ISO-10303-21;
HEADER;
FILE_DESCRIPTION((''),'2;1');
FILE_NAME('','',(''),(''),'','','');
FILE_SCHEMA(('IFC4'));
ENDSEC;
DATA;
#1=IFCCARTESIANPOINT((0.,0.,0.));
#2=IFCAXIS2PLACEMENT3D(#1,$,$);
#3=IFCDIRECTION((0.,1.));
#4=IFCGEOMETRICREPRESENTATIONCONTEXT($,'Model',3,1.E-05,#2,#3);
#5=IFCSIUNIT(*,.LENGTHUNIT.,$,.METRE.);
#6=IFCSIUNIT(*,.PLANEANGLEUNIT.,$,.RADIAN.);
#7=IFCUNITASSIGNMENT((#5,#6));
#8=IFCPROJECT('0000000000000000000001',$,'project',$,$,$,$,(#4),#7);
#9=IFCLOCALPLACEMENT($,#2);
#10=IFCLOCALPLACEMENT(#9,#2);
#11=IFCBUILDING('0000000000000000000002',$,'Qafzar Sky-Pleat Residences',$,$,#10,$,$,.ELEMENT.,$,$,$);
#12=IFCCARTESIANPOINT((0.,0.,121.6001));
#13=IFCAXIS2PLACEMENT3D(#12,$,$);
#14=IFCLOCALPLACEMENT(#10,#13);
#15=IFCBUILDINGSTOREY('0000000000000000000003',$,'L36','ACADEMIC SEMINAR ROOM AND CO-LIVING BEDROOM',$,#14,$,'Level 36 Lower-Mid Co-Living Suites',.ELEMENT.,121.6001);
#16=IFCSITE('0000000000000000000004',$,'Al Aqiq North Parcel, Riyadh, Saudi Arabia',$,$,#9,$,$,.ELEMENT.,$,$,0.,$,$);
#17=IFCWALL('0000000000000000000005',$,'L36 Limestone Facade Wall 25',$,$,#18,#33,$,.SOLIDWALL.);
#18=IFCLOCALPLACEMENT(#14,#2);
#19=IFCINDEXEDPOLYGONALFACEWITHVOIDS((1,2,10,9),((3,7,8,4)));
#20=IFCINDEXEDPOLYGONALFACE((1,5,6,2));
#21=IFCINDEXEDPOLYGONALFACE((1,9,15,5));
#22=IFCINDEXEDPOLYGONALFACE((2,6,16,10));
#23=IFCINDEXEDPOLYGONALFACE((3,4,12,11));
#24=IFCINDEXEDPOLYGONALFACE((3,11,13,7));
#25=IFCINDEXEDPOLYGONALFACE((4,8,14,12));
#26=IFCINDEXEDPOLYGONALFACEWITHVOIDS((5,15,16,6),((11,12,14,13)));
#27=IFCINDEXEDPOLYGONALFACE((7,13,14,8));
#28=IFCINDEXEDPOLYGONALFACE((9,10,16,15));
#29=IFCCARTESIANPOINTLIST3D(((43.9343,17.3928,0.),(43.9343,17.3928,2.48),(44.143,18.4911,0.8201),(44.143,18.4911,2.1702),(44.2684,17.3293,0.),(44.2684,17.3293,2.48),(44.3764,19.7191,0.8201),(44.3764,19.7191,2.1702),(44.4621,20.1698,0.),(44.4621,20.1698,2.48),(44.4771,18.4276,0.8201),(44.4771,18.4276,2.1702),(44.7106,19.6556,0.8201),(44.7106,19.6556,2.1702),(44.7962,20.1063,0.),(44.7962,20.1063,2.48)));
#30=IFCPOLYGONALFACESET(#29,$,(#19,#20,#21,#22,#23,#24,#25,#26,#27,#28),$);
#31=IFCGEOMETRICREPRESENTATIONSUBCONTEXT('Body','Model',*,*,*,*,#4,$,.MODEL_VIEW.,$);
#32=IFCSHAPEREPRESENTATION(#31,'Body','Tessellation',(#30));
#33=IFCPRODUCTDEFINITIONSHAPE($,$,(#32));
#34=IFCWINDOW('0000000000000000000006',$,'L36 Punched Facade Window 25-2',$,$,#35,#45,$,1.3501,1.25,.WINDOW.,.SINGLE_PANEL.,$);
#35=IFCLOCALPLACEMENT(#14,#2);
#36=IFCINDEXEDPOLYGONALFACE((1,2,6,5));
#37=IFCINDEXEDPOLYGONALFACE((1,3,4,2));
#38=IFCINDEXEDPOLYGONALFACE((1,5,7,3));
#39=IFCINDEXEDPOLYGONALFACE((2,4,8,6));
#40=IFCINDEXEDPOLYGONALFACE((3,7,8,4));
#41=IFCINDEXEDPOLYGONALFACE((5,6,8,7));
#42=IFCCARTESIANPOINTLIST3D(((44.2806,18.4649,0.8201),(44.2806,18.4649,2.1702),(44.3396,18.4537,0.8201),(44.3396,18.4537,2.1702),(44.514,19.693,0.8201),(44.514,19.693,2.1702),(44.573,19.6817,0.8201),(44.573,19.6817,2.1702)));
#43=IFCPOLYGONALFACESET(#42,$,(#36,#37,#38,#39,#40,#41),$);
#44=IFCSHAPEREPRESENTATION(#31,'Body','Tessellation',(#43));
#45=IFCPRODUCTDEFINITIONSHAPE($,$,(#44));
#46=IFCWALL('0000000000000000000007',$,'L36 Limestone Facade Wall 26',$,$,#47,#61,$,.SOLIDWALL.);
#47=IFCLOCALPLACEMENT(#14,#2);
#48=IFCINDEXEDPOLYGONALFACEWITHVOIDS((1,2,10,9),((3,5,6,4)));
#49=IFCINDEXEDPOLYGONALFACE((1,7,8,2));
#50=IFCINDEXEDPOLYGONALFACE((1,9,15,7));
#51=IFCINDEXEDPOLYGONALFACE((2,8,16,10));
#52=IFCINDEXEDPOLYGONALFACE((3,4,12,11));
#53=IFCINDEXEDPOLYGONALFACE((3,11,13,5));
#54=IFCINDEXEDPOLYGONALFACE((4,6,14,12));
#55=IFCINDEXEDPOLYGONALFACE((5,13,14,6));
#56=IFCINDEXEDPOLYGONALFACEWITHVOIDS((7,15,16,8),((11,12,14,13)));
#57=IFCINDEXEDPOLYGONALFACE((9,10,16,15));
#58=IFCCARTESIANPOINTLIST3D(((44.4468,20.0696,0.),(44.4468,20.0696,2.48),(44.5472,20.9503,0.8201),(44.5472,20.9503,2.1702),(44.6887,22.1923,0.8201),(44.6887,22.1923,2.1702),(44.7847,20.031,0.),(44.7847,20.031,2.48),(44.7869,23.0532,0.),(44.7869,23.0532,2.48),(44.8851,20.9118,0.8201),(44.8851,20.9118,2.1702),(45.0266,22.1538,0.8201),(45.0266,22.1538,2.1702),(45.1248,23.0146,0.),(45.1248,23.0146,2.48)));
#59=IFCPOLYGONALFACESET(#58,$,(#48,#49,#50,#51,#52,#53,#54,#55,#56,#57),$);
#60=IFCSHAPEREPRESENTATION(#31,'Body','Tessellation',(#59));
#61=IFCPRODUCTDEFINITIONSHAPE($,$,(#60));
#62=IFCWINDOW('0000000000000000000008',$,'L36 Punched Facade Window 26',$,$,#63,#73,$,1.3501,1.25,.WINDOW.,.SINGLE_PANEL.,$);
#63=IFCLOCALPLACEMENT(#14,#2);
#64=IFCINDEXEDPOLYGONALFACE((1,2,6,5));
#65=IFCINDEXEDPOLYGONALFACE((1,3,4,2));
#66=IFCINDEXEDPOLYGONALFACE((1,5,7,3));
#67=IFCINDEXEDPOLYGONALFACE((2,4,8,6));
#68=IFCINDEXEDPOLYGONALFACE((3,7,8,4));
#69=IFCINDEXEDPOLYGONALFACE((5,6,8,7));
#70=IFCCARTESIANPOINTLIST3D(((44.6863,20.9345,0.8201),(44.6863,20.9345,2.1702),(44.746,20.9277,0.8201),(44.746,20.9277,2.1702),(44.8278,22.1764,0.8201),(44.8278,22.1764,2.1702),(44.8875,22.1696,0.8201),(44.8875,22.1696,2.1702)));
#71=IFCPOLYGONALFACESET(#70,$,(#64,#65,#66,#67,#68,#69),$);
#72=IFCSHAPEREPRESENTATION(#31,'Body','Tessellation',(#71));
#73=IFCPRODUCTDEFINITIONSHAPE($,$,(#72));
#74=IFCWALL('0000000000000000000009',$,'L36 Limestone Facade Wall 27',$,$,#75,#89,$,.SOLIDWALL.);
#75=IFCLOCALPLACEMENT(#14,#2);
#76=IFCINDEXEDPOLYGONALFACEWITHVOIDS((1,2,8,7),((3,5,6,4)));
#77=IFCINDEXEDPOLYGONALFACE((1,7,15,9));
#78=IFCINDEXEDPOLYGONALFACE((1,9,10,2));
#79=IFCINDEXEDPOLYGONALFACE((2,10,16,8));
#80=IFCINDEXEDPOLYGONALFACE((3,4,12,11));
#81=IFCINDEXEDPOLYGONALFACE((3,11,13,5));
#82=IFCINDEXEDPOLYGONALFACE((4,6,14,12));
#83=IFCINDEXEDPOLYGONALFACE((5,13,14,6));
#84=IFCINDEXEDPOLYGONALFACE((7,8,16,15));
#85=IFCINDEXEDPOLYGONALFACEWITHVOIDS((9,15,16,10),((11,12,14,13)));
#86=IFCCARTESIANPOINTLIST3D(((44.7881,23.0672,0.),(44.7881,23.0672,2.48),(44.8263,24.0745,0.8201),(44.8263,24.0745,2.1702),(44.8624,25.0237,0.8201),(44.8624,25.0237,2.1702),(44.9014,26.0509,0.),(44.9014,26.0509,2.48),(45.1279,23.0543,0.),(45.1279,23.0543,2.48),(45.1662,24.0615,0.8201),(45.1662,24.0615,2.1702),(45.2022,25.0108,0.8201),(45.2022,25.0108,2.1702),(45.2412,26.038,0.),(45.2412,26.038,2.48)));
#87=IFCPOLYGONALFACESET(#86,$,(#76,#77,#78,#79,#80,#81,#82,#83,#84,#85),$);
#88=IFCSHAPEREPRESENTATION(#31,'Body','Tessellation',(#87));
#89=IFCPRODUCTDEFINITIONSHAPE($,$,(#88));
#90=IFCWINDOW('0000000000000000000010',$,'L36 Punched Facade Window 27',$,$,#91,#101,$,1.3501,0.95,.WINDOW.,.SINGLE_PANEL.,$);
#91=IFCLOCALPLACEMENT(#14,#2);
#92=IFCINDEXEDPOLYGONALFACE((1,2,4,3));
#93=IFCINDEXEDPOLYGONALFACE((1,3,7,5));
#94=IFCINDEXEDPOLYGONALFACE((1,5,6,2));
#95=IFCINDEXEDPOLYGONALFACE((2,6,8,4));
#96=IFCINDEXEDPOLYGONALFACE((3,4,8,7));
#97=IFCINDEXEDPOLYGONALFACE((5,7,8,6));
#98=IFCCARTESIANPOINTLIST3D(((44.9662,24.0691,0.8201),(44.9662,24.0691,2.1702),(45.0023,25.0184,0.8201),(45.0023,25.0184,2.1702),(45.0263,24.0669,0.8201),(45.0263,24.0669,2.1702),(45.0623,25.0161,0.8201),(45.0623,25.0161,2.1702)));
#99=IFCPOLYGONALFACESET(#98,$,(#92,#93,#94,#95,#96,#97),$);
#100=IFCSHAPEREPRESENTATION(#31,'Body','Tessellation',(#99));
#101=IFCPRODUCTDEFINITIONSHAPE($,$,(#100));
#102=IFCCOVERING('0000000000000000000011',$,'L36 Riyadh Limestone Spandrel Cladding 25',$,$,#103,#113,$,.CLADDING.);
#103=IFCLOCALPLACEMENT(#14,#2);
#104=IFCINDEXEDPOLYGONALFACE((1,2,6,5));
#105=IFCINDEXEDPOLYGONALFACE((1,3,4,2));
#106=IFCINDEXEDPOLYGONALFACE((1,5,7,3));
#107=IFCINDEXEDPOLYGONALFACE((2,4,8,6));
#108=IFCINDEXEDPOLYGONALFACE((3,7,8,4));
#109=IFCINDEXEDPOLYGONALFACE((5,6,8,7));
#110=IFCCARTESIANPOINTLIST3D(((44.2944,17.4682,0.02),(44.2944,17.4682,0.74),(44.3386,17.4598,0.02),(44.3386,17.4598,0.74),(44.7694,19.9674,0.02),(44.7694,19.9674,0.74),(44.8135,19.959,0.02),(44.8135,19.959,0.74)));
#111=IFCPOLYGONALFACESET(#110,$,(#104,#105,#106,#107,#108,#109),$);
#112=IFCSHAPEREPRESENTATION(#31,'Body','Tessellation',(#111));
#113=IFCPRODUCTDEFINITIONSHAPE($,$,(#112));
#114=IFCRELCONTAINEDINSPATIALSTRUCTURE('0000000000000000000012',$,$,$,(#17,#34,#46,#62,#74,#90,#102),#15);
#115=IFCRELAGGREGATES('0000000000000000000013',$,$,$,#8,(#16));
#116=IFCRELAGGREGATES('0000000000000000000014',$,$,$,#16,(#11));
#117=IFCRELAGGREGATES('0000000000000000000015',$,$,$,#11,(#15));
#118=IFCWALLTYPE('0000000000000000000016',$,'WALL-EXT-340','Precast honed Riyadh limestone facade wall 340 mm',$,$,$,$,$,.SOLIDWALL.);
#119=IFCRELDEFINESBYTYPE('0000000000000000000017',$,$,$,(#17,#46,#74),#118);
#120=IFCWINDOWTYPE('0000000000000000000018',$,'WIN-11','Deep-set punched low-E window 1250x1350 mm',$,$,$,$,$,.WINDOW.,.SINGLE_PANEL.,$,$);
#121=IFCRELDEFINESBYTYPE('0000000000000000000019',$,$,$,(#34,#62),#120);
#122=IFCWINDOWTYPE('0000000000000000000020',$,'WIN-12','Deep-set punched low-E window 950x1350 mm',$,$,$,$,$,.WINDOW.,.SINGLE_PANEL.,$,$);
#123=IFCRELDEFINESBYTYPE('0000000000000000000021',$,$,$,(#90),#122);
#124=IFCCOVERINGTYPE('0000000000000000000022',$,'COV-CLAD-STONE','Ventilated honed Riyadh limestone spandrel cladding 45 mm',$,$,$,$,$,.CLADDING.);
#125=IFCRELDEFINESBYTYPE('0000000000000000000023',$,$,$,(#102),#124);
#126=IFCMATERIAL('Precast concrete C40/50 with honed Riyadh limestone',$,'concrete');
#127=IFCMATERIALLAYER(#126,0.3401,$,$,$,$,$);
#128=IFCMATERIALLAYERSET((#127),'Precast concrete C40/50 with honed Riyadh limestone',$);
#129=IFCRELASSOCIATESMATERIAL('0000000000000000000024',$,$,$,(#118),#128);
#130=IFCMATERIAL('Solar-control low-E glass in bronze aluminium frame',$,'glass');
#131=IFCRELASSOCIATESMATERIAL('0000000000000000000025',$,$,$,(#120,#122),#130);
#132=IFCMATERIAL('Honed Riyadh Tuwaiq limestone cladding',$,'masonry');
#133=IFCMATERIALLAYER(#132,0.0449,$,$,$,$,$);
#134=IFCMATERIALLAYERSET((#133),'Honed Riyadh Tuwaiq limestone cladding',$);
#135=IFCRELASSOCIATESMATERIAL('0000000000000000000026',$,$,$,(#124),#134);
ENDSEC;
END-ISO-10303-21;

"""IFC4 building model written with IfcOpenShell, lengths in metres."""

from ifc_helpers import new_model, si_unit, direction, frame, frame_2d, origin, origin_2d, place, context, subcontext, project, spatial, rectangle, extrude, source, transform, mapped, material, layer, layer_set, type_object, element, fill, save


model = new_model("IFC4")

# Units and contexts
model_context = context("Model", 3, precision=1e-05, world=origin(), true_north=direction((0.0, 1.0)))
body_context = subcontext(model_context, "Body", "Model", "MODEL_VIEW")
ifc_project = project(units=[si_unit("LENGTHUNIT", "METRE"), si_unit("PLANEANGLEUNIT", "RADIAN")], contexts=[model_context])

# Site, building, storey
site_placement = place(None, origin())
site = spatial("IfcSite", under=ifc_project, at=site_placement, Name="Al Aqiq North Parcel, Riyadh, Saudi Arabia", CompositionType="ELEMENT", RefElevation=0.0)
building_placement = place(site_placement, origin())
building = spatial("IfcBuilding", under=site, at=building_placement, Name="Qafzar Sky-Pleat Residences", CompositionType="ELEMENT")
storey_placement = place(building_placement, frame((0.0, 0.0, 121.6001)))
storey = spatial("IfcBuildingStorey", under=building, at=storey_placement, Name="L36", Description="ACADEMIC SEMINAR ROOM AND CO-LIVING BEDROOM", LongName="Level 36 Lower-Mid Co-Living Suites", CompositionType="ELEMENT", Elevation=121.6001)

# Shared definitions
ifc_material_1 = material(Name="Precast concrete C40/50 with honed Riyadh limestone", Category="concrete")
ifc_layer_1 = layer(ifc_material_1, 0.3401)
ifc_layer_set_1 = layer_set([ifc_layer_1], Name="Precast concrete C40/50 with honed Riyadh limestone")
wall_type_1 = type_object("IfcWallType", Name="WALL-EXT-340", Description="Precast honed Riyadh limestone facade wall 340 mm", PredefinedType="SOLIDWALL", material=ifc_layer_set_1)

# Walls, openings, windows
wall_1_placement = place(storey_placement, frame((44.1013, 17.3611, 0.0), z_axis=(0.0, 0.0, 1.0), x_axis=(0.186739, 0.98241, 0.0)))
wall_1 = element("IfcWall", 1, at=wall_1_placement, inside=storey, type_object=wall_type_1, Name="L36 Limestone Facade Wall 25", PredefinedType="SOLIDWALL", context=body_context, shape_type="SweptSolid", body=[
    extrude(rectangle(XDim=2.8267, YDim=0.3401, at=frame_2d((1.4133, 0.0))), origin(), (0.0, 0.0, 1.0), 2.48),
])
opening_1_placement = place(wall_1_placement, frame((1.1179, 0.0, 0.8201)))
opening_1 = element("IfcOpeningElement", 2, at=opening_1_placement, cuts=wall_1, PredefinedType="OPENING", context=body_context, shape_type="SweptSolid", body=[
    extrude(rectangle(XDim=1.25, YDim=1.3501, at=frame_2d((0.625, 0.675))), frame((0.0, 0.1802, 0.0), z_axis=(0.0, -1.0, 0.0), x_axis=(1.0, 0.0, 0.0)), (0.0, 0.0, 1.0), 0.3601),
])
ifc_material_2 = material(Name="Solar-control low-E glass in bronze aluminium frame", Category="glass")
window_type_1 = type_object("IfcWindowType", Name="WIN-11", Description="Deep-set punched low-E window 1250x1350 mm", PartitioningType="SINGLE_PANEL", PredefinedType="WINDOW", material=ifc_material_2)
shared_shape_1 = source(origin(), body_context, "Body", "SweptSolid", [
    extrude(rectangle(XDim=1.25, YDim=1.3501, at=frame_2d((0.625, 0.675))), frame((0.0, 0.03, 0.0), z_axis=(0.0, -1.0, 0.0), x_axis=(1.0, 0.0, 0.0)), (0.0, 0.0, 1.0), 0.0601),
])
window_1_placement = place(opening_1_placement, origin())
window_1 = element("IfcWindow", 3, at=window_1_placement, inside=storey, type_object=window_type_1, Name="L36 Punched Facade Window 25-2", OverallHeight=1.3501, OverallWidth=1.25, PartitioningType="SINGLE_PANEL", PredefinedType="WINDOW", context=body_context, shape_type="MappedRepresentation", body=[
    mapped(shared_shape_1, transform((0.0, 0.0, 0.0), x_axis=(1.0, 0.0, 0.0), y_axis=(0.0, 1.0, 0.0), z_axis=(0.0, 0.0, 1.0), scale=1.0)),
])
fill(opening_1, window_1)
wall_2_placement = place(storey_placement, frame((44.6157, 20.0503, 0.0), z_axis=(0.0, 0.0, 1.0), x_axis=(0.113251, 0.993566, 0.0)))
wall_2 = element("IfcWall", 4, at=wall_2_placement, inside=storey, type_object=wall_type_1, Name="L36 Limestone Facade Wall 26", PredefinedType="SOLIDWALL", context=body_context, shape_type="SweptSolid", body=[
    extrude(rectangle(XDim=3.0029, YDim=0.3401, at=frame_2d((1.5015, 0.0))), origin(), (0.0, 0.0, 1.0), 2.48),
])
opening_2_placement = place(wall_2_placement, frame((0.8865, 0.0, 0.8201)))
opening_2 = element("IfcOpeningElement", 5, at=opening_2_placement, cuts=wall_2, PredefinedType="OPENING", context=body_context, shape_type="SweptSolid", body=[
    extrude(rectangle(XDim=1.25, YDim=1.3501, at=frame_2d((0.625, 0.675))), frame((0.0, 0.1802, 0.0), z_axis=(0.0, -1.0, 0.0), x_axis=(1.0, 0.0, 0.0)), (0.0, 0.0, 1.0), 0.3601),
])
window_2_placement = place(opening_2_placement, origin())
window_2 = element("IfcWindow", 6, at=window_2_placement, inside=storey, type_object=window_type_1, Name="L36 Punched Facade Window 26", OverallHeight=1.3501, OverallWidth=1.25, PartitioningType="SINGLE_PANEL", PredefinedType="WINDOW", context=body_context, shape_type="MappedRepresentation", body=[
    mapped(shared_shape_1, transform((0.0, 0.0, 0.0), x_axis=(1.0, 0.0, 0.0), y_axis=(0.0, 1.0, 0.0), z_axis=(0.0, 0.0, 1.0), scale=1.0)),
])
fill(opening_2, window_2)
wall_3_placement = place(storey_placement, frame((44.958, 23.0608, 0.0), z_axis=(0.0, 0.0, 1.0), x_axis=(0.03794, 0.99928, 0.0)))
wall_3 = element("IfcWall", 7, at=wall_3_placement, inside=storey, type_object=wall_type_1, Name="L36 Limestone Facade Wall 27", PredefinedType="SOLIDWALL", context=body_context, shape_type="SweptSolid", body=[
    extrude(rectangle(XDim=2.9858, YDim=0.3401, at=frame_2d((1.4929, 0.0))), origin(), (0.0, 0.0, 1.0), 2.48),
])
opening_3_placement = place(wall_3_placement, frame((1.0078, 0.0, 0.8201)))
opening_3 = element("IfcOpeningElement", 8, at=opening_3_placement, cuts=wall_3, PredefinedType="OPENING", context=body_context, shape_type="SweptSolid", body=[
    extrude(rectangle(XDim=0.95, YDim=1.3501, at=frame_2d((0.4751, 0.675))), frame((0.0, 0.1802, 0.0), z_axis=(0.0, -1.0, 0.0), x_axis=(1.0, 0.0, 0.0)), (0.0, 0.0, 1.0), 0.3601),
])
window_type_2 = type_object("IfcWindowType", Name="WIN-12", Description="Deep-set punched low-E window 950x1350 mm", PartitioningType="SINGLE_PANEL", PredefinedType="WINDOW", material=ifc_material_2)
shared_shape_2 = source(origin(), body_context, "Body", "SweptSolid", [
    extrude(rectangle(XDim=0.95, YDim=1.3501, at=frame_2d((0.4751, 0.675))), frame((0.0, 0.03, 0.0), z_axis=(0.0, -1.0, 0.0), x_axis=(1.0, 0.0, 0.0)), (0.0, 0.0, 1.0), 0.0601),
])
window_3_placement = place(opening_3_placement, origin())
window_3 = element("IfcWindow", 9, at=window_3_placement, inside=storey, type_object=window_type_2, Name="L36 Punched Facade Window 27", OverallHeight=1.3501, OverallWidth=0.95, PartitioningType="SINGLE_PANEL", PredefinedType="WINDOW", context=body_context, shape_type="MappedRepresentation", body=[
    mapped(shared_shape_2, transform((0.0, 0.0, 0.0), x_axis=(1.0, 0.0, 0.0), y_axis=(0.0, 1.0, 0.0), z_axis=(0.0, 0.0, 1.0), scale=1.0)),
])
fill(opening_3, window_3)

# Covering
ifc_material_3 = material(Name="Honed Riyadh Tuwaiq limestone cladding", Category="masonry")
ifc_layer_2 = layer(ifc_material_3, 0.0449)
ifc_layer_set_2 = layer_set([ifc_layer_2], Name="Honed Riyadh Tuwaiq limestone cladding")
covering_type = type_object("IfcCoveringType", Name="COV-CLAD-STONE", Description="Ventilated honed Riyadh limestone spandrel cladding 45 mm", PredefinedType="CLADDING", material=ifc_layer_set_2)
shared_shape_3 = source(origin(), body_context, "Body", "SweptSolid", [
    extrude(rectangle(XDim=2.5439, YDim=0.0449, at=origin_2d()), origin(), (0.0, 0.0, 1.0), 0.72),
])
covering_placement = place(storey_placement, frame((44.554, 18.7136, 0.02), z_axis=(0.0, 0.0, 1.0), x_axis=(0.186691, 0.982419, 0.0)))
element("IfcCovering", 10, at=covering_placement, inside=storey, type_object=covering_type, Name="L36 Riyadh Limestone Spandrel Cladding 25", PredefinedType="CLADDING", context=body_context, shape_type="MappedRepresentation", body=[
    mapped(shared_shape_3, transform((0.0, 0.0, 0.0), x_axis=(1.0, 0.0, 0.0), y_axis=(0.0, 1.0, 0.0), z_axis=(0.0, 0.0, 1.0), scale=1.0)),
])

save(model, "model.ifc")
